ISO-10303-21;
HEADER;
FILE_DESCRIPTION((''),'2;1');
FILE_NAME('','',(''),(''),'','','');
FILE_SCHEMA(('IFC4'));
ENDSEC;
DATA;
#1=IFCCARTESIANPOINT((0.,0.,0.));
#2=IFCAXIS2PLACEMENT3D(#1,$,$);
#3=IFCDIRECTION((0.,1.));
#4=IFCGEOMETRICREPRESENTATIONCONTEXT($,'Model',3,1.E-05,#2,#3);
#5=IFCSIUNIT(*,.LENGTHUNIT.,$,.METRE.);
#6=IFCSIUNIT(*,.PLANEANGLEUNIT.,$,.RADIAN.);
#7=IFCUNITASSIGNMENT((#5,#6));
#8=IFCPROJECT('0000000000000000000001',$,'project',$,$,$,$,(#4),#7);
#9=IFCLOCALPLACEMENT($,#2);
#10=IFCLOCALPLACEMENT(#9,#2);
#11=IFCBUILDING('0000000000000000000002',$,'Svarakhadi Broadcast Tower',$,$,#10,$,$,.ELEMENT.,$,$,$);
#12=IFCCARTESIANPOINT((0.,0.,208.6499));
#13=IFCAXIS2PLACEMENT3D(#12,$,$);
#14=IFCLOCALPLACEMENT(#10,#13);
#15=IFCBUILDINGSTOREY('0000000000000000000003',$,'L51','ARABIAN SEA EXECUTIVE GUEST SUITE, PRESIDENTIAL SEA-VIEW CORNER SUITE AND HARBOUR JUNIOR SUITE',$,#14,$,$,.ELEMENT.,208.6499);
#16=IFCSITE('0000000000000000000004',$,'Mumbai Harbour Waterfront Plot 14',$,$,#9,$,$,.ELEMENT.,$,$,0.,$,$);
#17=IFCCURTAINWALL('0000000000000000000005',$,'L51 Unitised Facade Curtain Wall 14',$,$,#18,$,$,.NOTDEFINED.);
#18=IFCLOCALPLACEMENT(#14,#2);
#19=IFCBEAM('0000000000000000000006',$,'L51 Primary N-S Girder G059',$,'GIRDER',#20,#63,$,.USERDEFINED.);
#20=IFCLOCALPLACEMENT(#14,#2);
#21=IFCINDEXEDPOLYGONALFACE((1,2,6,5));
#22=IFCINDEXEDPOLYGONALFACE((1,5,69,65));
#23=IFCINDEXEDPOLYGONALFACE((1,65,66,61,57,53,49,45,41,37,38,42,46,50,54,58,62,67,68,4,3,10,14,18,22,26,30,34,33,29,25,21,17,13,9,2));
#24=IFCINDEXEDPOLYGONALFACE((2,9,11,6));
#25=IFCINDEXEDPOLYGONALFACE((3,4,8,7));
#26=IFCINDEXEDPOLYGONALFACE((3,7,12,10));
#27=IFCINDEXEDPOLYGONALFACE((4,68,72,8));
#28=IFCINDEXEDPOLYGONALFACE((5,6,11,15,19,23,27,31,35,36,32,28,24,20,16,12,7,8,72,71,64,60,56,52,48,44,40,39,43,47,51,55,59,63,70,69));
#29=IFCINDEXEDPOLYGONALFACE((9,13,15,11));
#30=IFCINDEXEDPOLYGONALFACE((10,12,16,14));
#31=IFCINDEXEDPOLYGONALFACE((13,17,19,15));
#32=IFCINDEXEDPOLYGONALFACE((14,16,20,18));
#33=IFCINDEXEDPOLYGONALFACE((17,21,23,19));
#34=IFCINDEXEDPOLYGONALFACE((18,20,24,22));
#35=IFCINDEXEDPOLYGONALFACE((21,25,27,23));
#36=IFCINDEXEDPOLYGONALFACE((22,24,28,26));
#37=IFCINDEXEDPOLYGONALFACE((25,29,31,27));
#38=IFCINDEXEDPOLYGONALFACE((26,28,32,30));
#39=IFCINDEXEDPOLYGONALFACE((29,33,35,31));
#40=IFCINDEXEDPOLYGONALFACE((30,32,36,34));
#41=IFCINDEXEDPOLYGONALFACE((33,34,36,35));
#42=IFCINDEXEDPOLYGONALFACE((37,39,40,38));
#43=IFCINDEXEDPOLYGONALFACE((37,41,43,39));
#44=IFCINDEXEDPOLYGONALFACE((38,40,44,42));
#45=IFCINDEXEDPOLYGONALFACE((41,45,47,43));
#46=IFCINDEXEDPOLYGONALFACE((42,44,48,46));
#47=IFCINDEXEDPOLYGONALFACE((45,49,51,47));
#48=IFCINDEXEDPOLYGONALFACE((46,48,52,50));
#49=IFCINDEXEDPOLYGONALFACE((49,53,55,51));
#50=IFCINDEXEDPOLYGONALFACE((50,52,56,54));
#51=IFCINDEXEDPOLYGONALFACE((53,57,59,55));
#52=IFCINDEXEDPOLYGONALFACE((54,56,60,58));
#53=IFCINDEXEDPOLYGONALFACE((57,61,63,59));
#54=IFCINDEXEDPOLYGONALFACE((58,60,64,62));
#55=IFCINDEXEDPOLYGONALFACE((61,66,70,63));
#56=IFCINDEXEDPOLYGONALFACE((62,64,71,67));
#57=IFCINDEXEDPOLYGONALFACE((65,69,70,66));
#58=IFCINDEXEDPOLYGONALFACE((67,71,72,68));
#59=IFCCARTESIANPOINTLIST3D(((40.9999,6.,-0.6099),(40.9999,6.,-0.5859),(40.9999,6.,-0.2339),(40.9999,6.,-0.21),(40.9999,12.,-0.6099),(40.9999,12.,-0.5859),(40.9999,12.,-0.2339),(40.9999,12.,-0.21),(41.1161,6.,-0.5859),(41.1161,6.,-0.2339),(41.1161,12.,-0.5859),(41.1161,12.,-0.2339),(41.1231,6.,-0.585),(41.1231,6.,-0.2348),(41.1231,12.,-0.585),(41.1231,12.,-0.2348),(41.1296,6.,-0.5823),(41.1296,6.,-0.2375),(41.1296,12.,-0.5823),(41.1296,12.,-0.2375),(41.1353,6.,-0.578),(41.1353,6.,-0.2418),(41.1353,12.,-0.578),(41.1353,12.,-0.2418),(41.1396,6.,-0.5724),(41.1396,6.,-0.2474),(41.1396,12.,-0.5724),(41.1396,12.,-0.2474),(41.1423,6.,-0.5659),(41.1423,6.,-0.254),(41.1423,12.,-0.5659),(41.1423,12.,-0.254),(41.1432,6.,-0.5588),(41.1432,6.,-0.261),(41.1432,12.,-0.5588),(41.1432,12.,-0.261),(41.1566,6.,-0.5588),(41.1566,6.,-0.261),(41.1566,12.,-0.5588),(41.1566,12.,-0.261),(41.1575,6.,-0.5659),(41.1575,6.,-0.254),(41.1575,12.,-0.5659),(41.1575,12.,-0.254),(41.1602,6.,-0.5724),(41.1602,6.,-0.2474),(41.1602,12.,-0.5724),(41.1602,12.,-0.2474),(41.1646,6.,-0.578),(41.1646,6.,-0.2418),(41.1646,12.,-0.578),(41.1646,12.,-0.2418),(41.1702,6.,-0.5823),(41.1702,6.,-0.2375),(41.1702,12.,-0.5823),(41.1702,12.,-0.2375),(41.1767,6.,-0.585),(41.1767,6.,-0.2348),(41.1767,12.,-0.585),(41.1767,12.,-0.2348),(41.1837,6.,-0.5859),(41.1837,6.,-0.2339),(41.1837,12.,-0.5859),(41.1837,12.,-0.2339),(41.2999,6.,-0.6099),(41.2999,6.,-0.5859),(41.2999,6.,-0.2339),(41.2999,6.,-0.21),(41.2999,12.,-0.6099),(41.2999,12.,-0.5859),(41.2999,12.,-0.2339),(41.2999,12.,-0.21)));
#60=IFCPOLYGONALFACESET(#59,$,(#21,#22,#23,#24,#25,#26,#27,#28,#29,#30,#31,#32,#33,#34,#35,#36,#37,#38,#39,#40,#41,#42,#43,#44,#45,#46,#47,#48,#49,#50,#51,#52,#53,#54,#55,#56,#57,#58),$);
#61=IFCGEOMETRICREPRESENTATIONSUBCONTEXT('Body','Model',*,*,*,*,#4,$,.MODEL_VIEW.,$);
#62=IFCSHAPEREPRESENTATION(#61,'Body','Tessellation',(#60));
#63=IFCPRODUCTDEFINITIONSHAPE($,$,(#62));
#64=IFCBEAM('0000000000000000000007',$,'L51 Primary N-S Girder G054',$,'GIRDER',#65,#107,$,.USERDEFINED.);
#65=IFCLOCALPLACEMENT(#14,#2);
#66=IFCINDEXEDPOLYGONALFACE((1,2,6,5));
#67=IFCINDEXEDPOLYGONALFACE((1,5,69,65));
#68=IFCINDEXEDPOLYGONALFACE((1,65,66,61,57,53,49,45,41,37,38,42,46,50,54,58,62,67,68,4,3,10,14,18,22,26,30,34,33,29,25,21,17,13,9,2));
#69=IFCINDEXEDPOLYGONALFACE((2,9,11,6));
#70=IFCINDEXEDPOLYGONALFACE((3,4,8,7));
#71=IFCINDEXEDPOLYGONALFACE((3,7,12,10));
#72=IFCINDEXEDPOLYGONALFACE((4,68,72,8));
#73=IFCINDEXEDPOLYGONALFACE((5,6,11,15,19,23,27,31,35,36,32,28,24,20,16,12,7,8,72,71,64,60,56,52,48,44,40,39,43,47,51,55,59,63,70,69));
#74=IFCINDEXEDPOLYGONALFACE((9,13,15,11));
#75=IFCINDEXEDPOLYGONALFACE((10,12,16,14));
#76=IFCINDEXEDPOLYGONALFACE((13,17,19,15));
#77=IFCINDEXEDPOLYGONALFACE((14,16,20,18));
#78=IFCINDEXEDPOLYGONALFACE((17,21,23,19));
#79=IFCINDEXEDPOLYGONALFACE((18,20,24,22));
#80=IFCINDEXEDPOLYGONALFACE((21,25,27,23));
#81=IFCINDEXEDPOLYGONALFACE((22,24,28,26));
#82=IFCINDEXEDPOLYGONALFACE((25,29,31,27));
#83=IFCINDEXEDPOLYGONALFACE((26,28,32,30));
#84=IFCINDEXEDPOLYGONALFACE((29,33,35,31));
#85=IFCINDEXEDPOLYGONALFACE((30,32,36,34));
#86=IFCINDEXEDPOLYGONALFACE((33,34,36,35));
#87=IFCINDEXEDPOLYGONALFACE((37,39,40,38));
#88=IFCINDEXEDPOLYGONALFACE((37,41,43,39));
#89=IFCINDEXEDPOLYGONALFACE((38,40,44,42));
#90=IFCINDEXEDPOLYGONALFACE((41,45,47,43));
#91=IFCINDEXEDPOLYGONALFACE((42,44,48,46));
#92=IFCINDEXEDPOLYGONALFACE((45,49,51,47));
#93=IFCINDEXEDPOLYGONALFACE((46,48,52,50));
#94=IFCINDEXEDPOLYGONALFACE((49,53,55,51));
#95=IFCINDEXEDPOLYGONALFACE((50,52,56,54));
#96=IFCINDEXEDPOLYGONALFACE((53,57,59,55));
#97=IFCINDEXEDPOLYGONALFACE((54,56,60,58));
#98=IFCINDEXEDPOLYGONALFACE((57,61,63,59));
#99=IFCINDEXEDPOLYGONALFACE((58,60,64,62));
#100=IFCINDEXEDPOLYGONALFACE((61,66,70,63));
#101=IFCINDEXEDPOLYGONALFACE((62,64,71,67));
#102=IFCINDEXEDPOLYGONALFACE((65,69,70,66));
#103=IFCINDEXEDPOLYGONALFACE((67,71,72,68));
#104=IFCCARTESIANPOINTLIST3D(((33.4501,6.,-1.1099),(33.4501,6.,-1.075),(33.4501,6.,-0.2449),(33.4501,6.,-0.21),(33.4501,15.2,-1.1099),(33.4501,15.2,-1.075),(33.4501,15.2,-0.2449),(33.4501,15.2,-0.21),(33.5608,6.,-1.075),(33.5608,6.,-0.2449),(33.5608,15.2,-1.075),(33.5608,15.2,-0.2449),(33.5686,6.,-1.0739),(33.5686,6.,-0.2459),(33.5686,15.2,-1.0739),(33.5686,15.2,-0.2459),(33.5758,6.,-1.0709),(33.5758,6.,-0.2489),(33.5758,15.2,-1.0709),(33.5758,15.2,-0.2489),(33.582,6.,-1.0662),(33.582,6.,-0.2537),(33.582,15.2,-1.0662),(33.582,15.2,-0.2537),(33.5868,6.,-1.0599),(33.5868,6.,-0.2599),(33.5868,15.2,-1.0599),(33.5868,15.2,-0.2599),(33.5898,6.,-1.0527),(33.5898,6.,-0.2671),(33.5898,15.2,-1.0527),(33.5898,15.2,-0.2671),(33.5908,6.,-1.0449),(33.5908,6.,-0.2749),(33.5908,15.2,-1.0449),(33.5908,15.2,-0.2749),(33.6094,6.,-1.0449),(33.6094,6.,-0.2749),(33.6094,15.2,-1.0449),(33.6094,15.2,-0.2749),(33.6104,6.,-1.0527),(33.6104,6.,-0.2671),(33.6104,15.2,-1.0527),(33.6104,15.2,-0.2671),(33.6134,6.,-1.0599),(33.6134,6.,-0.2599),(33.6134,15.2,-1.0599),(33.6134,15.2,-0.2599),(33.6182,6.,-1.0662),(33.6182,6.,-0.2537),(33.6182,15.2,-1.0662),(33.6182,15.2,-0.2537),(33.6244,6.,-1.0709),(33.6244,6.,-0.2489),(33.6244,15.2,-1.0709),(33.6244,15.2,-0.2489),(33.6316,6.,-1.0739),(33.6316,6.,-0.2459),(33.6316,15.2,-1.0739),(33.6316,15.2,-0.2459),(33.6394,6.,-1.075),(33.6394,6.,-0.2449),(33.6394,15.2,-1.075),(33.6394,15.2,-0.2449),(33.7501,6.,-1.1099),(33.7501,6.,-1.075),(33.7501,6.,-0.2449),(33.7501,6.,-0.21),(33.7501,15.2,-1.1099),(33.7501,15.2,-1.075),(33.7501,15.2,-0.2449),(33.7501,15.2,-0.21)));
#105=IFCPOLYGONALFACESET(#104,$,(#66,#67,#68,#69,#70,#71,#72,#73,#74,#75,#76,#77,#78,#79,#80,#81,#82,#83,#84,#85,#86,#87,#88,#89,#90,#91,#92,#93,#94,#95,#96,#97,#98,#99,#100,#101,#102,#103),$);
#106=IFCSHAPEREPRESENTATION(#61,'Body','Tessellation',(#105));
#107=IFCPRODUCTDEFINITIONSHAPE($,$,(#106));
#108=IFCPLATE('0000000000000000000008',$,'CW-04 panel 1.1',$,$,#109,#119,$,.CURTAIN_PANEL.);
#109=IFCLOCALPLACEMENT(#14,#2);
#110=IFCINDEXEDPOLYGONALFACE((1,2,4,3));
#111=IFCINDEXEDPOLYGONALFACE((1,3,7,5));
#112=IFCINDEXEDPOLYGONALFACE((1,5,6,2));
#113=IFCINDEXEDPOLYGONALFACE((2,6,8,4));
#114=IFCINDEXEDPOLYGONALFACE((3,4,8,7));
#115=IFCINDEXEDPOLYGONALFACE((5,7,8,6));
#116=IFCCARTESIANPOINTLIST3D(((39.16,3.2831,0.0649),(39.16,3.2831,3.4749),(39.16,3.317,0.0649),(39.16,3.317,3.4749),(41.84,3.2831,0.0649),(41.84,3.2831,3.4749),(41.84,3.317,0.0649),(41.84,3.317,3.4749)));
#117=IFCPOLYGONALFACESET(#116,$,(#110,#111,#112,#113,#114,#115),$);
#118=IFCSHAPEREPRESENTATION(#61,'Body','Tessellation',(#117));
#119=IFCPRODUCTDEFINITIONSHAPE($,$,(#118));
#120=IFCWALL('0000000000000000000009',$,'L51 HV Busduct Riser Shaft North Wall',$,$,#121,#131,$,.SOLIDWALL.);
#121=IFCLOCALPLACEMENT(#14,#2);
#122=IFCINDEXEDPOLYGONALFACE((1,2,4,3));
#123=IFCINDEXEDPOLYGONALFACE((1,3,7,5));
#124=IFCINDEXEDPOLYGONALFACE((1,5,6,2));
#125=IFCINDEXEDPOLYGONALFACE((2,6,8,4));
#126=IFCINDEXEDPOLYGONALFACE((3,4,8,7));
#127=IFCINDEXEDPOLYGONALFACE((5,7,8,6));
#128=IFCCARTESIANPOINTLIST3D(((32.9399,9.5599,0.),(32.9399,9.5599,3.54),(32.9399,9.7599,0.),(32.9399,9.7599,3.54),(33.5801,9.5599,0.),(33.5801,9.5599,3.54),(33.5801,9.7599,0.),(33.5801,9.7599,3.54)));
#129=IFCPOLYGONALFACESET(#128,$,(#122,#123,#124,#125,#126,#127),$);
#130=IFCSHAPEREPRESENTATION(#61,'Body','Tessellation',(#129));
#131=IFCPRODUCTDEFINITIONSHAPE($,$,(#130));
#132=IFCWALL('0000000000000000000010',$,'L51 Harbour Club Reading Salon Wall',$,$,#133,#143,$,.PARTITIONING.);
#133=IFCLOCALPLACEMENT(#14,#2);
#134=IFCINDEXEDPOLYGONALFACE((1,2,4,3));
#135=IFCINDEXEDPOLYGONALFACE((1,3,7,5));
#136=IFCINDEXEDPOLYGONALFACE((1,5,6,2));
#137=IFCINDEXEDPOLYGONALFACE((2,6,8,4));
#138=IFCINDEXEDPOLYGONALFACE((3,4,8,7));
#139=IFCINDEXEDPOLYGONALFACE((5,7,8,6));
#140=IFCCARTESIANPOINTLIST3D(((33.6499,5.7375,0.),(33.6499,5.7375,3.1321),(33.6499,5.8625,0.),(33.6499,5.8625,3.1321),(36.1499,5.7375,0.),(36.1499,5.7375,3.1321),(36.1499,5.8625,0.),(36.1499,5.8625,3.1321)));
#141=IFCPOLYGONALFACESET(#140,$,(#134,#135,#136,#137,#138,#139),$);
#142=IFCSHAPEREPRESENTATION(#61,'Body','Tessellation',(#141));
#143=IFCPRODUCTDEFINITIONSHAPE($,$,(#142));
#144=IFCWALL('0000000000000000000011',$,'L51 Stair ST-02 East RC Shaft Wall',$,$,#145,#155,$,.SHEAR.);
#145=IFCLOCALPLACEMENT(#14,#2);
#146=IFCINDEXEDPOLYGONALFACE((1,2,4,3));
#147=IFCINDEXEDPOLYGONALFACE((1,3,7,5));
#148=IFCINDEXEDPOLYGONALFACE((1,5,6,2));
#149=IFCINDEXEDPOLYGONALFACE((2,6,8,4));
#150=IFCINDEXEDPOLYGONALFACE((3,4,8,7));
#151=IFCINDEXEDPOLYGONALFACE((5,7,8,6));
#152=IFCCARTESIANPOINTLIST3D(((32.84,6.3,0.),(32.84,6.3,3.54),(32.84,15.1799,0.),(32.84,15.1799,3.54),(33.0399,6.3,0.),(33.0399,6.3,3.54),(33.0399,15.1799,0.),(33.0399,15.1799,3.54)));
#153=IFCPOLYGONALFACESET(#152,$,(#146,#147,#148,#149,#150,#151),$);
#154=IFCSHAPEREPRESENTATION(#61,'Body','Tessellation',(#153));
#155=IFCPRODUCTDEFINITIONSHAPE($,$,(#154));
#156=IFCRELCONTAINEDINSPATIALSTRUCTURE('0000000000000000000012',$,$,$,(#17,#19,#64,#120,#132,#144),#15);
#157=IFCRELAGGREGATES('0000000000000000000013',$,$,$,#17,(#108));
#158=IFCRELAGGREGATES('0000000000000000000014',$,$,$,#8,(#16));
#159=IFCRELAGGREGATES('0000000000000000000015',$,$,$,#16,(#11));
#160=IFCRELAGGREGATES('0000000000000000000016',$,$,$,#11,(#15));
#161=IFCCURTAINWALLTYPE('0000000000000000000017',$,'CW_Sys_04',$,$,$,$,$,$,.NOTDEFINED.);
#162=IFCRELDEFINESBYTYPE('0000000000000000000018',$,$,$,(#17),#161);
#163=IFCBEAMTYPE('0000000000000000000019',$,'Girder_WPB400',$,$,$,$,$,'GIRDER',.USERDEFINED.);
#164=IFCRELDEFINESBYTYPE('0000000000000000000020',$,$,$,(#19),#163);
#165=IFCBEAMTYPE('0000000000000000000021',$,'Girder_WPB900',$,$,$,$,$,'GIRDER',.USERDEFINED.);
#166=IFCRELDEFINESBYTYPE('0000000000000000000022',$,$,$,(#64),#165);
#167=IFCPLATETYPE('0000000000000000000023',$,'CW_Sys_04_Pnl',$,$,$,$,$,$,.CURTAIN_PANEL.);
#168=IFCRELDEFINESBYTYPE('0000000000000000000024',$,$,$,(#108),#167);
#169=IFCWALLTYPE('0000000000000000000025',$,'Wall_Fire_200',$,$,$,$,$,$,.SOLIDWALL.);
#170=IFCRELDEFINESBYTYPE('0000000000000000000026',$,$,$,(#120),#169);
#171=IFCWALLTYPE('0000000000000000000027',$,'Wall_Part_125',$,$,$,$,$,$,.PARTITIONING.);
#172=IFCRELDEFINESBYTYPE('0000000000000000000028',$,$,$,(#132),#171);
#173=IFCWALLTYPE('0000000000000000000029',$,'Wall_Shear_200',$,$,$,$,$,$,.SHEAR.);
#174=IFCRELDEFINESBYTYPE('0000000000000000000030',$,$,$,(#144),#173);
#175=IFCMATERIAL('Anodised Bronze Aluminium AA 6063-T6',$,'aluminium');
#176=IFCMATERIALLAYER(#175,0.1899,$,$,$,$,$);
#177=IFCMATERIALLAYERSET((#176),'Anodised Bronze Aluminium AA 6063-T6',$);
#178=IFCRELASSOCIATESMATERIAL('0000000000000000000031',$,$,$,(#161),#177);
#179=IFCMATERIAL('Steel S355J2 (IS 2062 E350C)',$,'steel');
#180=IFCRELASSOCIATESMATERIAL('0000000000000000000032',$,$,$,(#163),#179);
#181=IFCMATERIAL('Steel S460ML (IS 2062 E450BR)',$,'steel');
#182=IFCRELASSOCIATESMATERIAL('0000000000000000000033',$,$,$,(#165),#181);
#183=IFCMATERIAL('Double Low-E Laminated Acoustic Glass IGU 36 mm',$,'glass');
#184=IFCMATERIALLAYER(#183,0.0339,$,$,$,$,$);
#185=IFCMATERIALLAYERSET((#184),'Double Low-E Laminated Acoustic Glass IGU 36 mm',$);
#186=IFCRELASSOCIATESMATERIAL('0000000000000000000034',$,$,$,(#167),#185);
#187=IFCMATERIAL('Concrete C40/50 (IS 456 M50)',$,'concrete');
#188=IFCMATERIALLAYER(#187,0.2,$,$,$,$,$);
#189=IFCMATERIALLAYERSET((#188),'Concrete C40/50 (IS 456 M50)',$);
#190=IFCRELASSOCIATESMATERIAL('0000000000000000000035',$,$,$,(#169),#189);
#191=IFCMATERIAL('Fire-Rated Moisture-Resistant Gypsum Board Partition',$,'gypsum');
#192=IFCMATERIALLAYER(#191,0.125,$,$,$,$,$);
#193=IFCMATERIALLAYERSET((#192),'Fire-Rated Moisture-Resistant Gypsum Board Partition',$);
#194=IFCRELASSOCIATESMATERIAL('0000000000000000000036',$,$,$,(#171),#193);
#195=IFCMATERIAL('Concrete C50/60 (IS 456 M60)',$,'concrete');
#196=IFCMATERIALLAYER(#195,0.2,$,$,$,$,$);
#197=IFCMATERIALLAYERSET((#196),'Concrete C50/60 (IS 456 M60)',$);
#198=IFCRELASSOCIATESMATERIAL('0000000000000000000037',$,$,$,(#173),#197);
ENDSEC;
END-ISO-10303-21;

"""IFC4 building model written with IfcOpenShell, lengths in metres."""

from ifc_helpers import new_model, si_unit, direction, frame, frame_2d, origin, origin_2d, place, context, subcontext, project, spatial, rectangle, i_section, extrude, material, layer, layer_set, material_profile, profile_set, type_object, element, aggregate, save


model = new_model("IFC4")

# Units and contexts
model_context = context("Model", 3, precision=1e-05, world=origin(), true_north=direction((0.0, 1.0)))
body_context = subcontext(model_context, "Body", "Model", "MODEL_VIEW")
ifc_project = project(units=[si_unit("LENGTHUNIT", "METRE"), si_unit("PLANEANGLEUNIT", "RADIAN")], contexts=[model_context])

# Site, building, storey
site_placement = place(None, origin())
site = spatial("IfcSite", under=ifc_project, at=site_placement, Name="Mumbai Harbour Waterfront Plot 14", CompositionType="ELEMENT", RefElevation=0.0)
building_placement = place(site_placement, origin())
building = spatial("IfcBuilding", under=site, at=building_placement, Name="Svarakhadi Broadcast Tower", CompositionType="ELEMENT")
storey_placement = place(building_placement, frame((0.0, 0.0, 208.6499)))
storey = spatial("IfcBuildingStorey", under=building, at=storey_placement, Name="L51", Description="ARABIAN SEA EXECUTIVE GUEST SUITE, PRESIDENTIAL SEA-VIEW CORNER SUITE AND HARBOUR JUNIOR SUITE", CompositionType="ELEMENT", Elevation=208.6499)

# Shared definitions
ifc_material_1 = material(Name="Concrete C50/60 (IS 456 M60)", Category="concrete")
ifc_material_2 = material(Name="Steel S460ML (IS 2062 E450BR)", Category="steel")

# Shared definitions
ifc_material_3 = material(Name="Steel S355J2 (IS 2062 E350C)", Category="steel")

# Curtain wall
ifc_material_4 = material(Name="Anodised Bronze Aluminium AA 6063-T6", Category="aluminium")
ifc_layer_1 = layer(ifc_material_4, 0.1899)
ifc_layer_set_1 = layer_set([ifc_layer_1], Name="Anodised Bronze Aluminium AA 6063-T6")
curtain_wall_type = type_object("IfcCurtainWallType", Name="CW_Sys_04", PredefinedType="NOTDEFINED", material=ifc_layer_set_1)
curtain_wall_placement = place(storey_placement, origin())
curtain_wall = element("IfcCurtainWall", 1, at=curtain_wall_placement, inside=storey, type_object=curtain_wall_type, Name="L51 Unitised Facade Curtain Wall 14", PredefinedType="NOTDEFINED")

# Beams
ifc_material_profile_1 = material_profile(ifc_material_3, i_section(OverallWidth=0.3, OverallDepth=0.3999, WebThickness=0.0134, FlangeThickness=0.0239, FilletRadius=0.0271, at=origin_2d()), Name="WPB 400x300x155")
ifc_profile_set_1 = profile_set([ifc_material_profile_1], Name="Steel S355J2 (IS 2062 E350C)")
beam_type_1 = type_object("IfcBeamType", Name="Girder_WPB400", ElementType="GIRDER", PredefinedType="USERDEFINED", material=ifc_profile_set_1)
for number, where, z_axis, x_axis, name in (
    (2, (41.1499, 6.0, -0.4099), (0.0, 1.0, 0.0), (-1.0, 0.0, 0.0), "L51 Primary N-S Girder G059"),
):
    element("IfcBeam", number, at=place(storey_placement, frame(where, z_axis=z_axis, x_axis=x_axis)), inside=storey, type_object=beam_type_1, Name=name, ObjectType="GIRDER", PredefinedType="USERDEFINED", context=body_context, shape_type="SweptSolid", body=[
        extrude(i_section(OverallWidth=0.3, OverallDepth=0.3999, WebThickness=0.0134, FlangeThickness=0.0239, FilletRadius=0.0271, at=origin_2d()), origin(), (0.0, 0.0, 1.0), 6.0),
    ])
ifc_material_profile_2 = material_profile(ifc_material_2, i_section(OverallWidth=0.3, OverallDepth=0.8999, WebThickness=0.0186, FlangeThickness=0.0349, FilletRadius=0.03, at=origin_2d()), Name="WPB 900x300x291")
ifc_profile_set_2 = profile_set([ifc_material_profile_2], Name="Steel S460ML (IS 2062 E450BR)")
beam_type_2 = type_object("IfcBeamType", Name="Girder_WPB900", ElementType="GIRDER", PredefinedType="USERDEFINED", material=ifc_profile_set_2)
beam_1_placement = place(storey_placement, frame((33.6001, 6.0, -0.6599), z_axis=(0.0, 1.0, 0.0), x_axis=(-1.0, 0.0, 0.0)))
element("IfcBeam", 3, at=beam_1_placement, inside=storey, type_object=beam_type_2, Name="L51 Primary N-S Girder G054", ObjectType="GIRDER", PredefinedType="USERDEFINED", context=body_context, shape_type="SweptSolid", body=[
    extrude(i_section(OverallWidth=0.3, OverallDepth=0.8999, WebThickness=0.0186, FlangeThickness=0.0349, FilletRadius=0.03, at=origin_2d()), origin(), (0.0, 0.0, 1.0), 9.2),
])

# Plate
ifc_material_5 = material(Name="Double Low-E Laminated Acoustic Glass IGU 36 mm", Category="glass")
ifc_layer_2 = layer(ifc_material_5, 0.0339)
ifc_layer_set_2 = layer_set([ifc_layer_2], Name="Double Low-E Laminated Acoustic Glass IGU 36 mm")
plate_type = type_object("IfcPlateType", Name="CW_Sys_04_Pnl", PredefinedType="CURTAIN_PANEL", material=ifc_layer_set_2)
plate_placement = place(storey_placement, frame((40.5, 3.3, 0.0649), z_axis=(0.0, 0.0, 1.0), x_axis=(-1.0, 0.0, 0.0)))
plate = element("IfcPlate", 4, at=plate_placement, type_object=plate_type, Name="CW-04 panel 1.1", PredefinedType="CURTAIN_PANEL", context=body_context, shape_type="SweptSolid", body=[
    extrude(rectangle(XDim=2.6799, YDim=0.0339, at=origin_2d()), origin(), (0.0, 0.0, 1.0), 3.4099),
])
aggregate(curtain_wall, [plate])

# Walls
ifc_material_6 = material(Name="Concrete C40/50 (IS 456 M50)", Category="concrete")
ifc_layer_3 = layer(ifc_material_6, 0.2)
ifc_layer_set_3 = layer_set([ifc_layer_3], Name="Concrete C40/50 (IS 456 M50)")
wall_type_1 = type_object("IfcWallType", Name="Wall_Fire_200", PredefinedType="SOLIDWALL", material=ifc_layer_set_3)
wall_1_placement = place(storey_placement, frame((32.9399, 9.6599, 0.0), z_axis=(0.0, 0.0, 1.0), x_axis=(1.0, 0.0, 0.0)))
element("IfcWall", 5, at=wall_1_placement, inside=storey, type_object=wall_type_1, Name="L51 HV Busduct Riser Shaft North Wall", PredefinedType="SOLIDWALL", context=body_context, shape_type="SweptSolid", body=[
    extrude(rectangle(XDim=0.6401, YDim=0.2, at=frame_2d((0.3201, 0.0))), origin(), (0.0, 0.0, 1.0), 3.54),
])
ifc_material_7 = material(Name="Fire-Rated Moisture-Resistant Gypsum Board Partition", Category="gypsum")
ifc_layer_4 = layer(ifc_material_7, 0.125)
ifc_layer_set_4 = layer_set([ifc_layer_4], Name="Fire-Rated Moisture-Resistant Gypsum Board Partition")
wall_type_2 = type_object("IfcWallType", Name="Wall_Part_125", PredefinedType="PARTITIONING", material=ifc_layer_set_4)
wall_2_placement = place(storey_placement, frame((33.6499, 5.8, 0.0), z_axis=(0.0, 0.0, 1.0), x_axis=(1.0, 0.0, 0.0)))
element("IfcWall", 6, at=wall_2_placement, inside=storey, type_object=wall_type_2, Name="L51 Harbour Club Reading Salon Wall", PredefinedType="PARTITIONING", context=body_context, shape_type="SweptSolid", body=[
    extrude(rectangle(XDim=2.5, YDim=0.125, at=frame_2d((1.25, 0.0))), origin(), (0.0, 0.0, 1.0), 3.1321),
])
ifc_layer_5 = layer(ifc_material_1, 0.2)
ifc_layer_set_5 = layer_set([ifc_layer_5], Name="Concrete C50/60 (IS 456 M60)")
wall_type_3 = type_object("IfcWallType", Name="Wall_Shear_200", PredefinedType="SHEAR", material=ifc_layer_set_5)
wall_3_placement = place(storey_placement, frame((32.9399, 6.3, 0.0), z_axis=(0.0, 0.0, 1.0), x_axis=(0.0, 1.0, 0.0)))
element("IfcWall", 7, at=wall_3_placement, inside=storey, type_object=wall_type_3, Name="L51 Stair ST-02 East RC Shaft Wall", PredefinedType="SHEAR", context=body_context, shape_type="SweptSolid", body=[
    extrude(rectangle(XDim=8.8799, YDim=0.2, at=frame_2d((4.4399, 0.0))), origin(), (0.0, 0.0, 1.0), 3.54),
])

save(model, "model.ifc")
